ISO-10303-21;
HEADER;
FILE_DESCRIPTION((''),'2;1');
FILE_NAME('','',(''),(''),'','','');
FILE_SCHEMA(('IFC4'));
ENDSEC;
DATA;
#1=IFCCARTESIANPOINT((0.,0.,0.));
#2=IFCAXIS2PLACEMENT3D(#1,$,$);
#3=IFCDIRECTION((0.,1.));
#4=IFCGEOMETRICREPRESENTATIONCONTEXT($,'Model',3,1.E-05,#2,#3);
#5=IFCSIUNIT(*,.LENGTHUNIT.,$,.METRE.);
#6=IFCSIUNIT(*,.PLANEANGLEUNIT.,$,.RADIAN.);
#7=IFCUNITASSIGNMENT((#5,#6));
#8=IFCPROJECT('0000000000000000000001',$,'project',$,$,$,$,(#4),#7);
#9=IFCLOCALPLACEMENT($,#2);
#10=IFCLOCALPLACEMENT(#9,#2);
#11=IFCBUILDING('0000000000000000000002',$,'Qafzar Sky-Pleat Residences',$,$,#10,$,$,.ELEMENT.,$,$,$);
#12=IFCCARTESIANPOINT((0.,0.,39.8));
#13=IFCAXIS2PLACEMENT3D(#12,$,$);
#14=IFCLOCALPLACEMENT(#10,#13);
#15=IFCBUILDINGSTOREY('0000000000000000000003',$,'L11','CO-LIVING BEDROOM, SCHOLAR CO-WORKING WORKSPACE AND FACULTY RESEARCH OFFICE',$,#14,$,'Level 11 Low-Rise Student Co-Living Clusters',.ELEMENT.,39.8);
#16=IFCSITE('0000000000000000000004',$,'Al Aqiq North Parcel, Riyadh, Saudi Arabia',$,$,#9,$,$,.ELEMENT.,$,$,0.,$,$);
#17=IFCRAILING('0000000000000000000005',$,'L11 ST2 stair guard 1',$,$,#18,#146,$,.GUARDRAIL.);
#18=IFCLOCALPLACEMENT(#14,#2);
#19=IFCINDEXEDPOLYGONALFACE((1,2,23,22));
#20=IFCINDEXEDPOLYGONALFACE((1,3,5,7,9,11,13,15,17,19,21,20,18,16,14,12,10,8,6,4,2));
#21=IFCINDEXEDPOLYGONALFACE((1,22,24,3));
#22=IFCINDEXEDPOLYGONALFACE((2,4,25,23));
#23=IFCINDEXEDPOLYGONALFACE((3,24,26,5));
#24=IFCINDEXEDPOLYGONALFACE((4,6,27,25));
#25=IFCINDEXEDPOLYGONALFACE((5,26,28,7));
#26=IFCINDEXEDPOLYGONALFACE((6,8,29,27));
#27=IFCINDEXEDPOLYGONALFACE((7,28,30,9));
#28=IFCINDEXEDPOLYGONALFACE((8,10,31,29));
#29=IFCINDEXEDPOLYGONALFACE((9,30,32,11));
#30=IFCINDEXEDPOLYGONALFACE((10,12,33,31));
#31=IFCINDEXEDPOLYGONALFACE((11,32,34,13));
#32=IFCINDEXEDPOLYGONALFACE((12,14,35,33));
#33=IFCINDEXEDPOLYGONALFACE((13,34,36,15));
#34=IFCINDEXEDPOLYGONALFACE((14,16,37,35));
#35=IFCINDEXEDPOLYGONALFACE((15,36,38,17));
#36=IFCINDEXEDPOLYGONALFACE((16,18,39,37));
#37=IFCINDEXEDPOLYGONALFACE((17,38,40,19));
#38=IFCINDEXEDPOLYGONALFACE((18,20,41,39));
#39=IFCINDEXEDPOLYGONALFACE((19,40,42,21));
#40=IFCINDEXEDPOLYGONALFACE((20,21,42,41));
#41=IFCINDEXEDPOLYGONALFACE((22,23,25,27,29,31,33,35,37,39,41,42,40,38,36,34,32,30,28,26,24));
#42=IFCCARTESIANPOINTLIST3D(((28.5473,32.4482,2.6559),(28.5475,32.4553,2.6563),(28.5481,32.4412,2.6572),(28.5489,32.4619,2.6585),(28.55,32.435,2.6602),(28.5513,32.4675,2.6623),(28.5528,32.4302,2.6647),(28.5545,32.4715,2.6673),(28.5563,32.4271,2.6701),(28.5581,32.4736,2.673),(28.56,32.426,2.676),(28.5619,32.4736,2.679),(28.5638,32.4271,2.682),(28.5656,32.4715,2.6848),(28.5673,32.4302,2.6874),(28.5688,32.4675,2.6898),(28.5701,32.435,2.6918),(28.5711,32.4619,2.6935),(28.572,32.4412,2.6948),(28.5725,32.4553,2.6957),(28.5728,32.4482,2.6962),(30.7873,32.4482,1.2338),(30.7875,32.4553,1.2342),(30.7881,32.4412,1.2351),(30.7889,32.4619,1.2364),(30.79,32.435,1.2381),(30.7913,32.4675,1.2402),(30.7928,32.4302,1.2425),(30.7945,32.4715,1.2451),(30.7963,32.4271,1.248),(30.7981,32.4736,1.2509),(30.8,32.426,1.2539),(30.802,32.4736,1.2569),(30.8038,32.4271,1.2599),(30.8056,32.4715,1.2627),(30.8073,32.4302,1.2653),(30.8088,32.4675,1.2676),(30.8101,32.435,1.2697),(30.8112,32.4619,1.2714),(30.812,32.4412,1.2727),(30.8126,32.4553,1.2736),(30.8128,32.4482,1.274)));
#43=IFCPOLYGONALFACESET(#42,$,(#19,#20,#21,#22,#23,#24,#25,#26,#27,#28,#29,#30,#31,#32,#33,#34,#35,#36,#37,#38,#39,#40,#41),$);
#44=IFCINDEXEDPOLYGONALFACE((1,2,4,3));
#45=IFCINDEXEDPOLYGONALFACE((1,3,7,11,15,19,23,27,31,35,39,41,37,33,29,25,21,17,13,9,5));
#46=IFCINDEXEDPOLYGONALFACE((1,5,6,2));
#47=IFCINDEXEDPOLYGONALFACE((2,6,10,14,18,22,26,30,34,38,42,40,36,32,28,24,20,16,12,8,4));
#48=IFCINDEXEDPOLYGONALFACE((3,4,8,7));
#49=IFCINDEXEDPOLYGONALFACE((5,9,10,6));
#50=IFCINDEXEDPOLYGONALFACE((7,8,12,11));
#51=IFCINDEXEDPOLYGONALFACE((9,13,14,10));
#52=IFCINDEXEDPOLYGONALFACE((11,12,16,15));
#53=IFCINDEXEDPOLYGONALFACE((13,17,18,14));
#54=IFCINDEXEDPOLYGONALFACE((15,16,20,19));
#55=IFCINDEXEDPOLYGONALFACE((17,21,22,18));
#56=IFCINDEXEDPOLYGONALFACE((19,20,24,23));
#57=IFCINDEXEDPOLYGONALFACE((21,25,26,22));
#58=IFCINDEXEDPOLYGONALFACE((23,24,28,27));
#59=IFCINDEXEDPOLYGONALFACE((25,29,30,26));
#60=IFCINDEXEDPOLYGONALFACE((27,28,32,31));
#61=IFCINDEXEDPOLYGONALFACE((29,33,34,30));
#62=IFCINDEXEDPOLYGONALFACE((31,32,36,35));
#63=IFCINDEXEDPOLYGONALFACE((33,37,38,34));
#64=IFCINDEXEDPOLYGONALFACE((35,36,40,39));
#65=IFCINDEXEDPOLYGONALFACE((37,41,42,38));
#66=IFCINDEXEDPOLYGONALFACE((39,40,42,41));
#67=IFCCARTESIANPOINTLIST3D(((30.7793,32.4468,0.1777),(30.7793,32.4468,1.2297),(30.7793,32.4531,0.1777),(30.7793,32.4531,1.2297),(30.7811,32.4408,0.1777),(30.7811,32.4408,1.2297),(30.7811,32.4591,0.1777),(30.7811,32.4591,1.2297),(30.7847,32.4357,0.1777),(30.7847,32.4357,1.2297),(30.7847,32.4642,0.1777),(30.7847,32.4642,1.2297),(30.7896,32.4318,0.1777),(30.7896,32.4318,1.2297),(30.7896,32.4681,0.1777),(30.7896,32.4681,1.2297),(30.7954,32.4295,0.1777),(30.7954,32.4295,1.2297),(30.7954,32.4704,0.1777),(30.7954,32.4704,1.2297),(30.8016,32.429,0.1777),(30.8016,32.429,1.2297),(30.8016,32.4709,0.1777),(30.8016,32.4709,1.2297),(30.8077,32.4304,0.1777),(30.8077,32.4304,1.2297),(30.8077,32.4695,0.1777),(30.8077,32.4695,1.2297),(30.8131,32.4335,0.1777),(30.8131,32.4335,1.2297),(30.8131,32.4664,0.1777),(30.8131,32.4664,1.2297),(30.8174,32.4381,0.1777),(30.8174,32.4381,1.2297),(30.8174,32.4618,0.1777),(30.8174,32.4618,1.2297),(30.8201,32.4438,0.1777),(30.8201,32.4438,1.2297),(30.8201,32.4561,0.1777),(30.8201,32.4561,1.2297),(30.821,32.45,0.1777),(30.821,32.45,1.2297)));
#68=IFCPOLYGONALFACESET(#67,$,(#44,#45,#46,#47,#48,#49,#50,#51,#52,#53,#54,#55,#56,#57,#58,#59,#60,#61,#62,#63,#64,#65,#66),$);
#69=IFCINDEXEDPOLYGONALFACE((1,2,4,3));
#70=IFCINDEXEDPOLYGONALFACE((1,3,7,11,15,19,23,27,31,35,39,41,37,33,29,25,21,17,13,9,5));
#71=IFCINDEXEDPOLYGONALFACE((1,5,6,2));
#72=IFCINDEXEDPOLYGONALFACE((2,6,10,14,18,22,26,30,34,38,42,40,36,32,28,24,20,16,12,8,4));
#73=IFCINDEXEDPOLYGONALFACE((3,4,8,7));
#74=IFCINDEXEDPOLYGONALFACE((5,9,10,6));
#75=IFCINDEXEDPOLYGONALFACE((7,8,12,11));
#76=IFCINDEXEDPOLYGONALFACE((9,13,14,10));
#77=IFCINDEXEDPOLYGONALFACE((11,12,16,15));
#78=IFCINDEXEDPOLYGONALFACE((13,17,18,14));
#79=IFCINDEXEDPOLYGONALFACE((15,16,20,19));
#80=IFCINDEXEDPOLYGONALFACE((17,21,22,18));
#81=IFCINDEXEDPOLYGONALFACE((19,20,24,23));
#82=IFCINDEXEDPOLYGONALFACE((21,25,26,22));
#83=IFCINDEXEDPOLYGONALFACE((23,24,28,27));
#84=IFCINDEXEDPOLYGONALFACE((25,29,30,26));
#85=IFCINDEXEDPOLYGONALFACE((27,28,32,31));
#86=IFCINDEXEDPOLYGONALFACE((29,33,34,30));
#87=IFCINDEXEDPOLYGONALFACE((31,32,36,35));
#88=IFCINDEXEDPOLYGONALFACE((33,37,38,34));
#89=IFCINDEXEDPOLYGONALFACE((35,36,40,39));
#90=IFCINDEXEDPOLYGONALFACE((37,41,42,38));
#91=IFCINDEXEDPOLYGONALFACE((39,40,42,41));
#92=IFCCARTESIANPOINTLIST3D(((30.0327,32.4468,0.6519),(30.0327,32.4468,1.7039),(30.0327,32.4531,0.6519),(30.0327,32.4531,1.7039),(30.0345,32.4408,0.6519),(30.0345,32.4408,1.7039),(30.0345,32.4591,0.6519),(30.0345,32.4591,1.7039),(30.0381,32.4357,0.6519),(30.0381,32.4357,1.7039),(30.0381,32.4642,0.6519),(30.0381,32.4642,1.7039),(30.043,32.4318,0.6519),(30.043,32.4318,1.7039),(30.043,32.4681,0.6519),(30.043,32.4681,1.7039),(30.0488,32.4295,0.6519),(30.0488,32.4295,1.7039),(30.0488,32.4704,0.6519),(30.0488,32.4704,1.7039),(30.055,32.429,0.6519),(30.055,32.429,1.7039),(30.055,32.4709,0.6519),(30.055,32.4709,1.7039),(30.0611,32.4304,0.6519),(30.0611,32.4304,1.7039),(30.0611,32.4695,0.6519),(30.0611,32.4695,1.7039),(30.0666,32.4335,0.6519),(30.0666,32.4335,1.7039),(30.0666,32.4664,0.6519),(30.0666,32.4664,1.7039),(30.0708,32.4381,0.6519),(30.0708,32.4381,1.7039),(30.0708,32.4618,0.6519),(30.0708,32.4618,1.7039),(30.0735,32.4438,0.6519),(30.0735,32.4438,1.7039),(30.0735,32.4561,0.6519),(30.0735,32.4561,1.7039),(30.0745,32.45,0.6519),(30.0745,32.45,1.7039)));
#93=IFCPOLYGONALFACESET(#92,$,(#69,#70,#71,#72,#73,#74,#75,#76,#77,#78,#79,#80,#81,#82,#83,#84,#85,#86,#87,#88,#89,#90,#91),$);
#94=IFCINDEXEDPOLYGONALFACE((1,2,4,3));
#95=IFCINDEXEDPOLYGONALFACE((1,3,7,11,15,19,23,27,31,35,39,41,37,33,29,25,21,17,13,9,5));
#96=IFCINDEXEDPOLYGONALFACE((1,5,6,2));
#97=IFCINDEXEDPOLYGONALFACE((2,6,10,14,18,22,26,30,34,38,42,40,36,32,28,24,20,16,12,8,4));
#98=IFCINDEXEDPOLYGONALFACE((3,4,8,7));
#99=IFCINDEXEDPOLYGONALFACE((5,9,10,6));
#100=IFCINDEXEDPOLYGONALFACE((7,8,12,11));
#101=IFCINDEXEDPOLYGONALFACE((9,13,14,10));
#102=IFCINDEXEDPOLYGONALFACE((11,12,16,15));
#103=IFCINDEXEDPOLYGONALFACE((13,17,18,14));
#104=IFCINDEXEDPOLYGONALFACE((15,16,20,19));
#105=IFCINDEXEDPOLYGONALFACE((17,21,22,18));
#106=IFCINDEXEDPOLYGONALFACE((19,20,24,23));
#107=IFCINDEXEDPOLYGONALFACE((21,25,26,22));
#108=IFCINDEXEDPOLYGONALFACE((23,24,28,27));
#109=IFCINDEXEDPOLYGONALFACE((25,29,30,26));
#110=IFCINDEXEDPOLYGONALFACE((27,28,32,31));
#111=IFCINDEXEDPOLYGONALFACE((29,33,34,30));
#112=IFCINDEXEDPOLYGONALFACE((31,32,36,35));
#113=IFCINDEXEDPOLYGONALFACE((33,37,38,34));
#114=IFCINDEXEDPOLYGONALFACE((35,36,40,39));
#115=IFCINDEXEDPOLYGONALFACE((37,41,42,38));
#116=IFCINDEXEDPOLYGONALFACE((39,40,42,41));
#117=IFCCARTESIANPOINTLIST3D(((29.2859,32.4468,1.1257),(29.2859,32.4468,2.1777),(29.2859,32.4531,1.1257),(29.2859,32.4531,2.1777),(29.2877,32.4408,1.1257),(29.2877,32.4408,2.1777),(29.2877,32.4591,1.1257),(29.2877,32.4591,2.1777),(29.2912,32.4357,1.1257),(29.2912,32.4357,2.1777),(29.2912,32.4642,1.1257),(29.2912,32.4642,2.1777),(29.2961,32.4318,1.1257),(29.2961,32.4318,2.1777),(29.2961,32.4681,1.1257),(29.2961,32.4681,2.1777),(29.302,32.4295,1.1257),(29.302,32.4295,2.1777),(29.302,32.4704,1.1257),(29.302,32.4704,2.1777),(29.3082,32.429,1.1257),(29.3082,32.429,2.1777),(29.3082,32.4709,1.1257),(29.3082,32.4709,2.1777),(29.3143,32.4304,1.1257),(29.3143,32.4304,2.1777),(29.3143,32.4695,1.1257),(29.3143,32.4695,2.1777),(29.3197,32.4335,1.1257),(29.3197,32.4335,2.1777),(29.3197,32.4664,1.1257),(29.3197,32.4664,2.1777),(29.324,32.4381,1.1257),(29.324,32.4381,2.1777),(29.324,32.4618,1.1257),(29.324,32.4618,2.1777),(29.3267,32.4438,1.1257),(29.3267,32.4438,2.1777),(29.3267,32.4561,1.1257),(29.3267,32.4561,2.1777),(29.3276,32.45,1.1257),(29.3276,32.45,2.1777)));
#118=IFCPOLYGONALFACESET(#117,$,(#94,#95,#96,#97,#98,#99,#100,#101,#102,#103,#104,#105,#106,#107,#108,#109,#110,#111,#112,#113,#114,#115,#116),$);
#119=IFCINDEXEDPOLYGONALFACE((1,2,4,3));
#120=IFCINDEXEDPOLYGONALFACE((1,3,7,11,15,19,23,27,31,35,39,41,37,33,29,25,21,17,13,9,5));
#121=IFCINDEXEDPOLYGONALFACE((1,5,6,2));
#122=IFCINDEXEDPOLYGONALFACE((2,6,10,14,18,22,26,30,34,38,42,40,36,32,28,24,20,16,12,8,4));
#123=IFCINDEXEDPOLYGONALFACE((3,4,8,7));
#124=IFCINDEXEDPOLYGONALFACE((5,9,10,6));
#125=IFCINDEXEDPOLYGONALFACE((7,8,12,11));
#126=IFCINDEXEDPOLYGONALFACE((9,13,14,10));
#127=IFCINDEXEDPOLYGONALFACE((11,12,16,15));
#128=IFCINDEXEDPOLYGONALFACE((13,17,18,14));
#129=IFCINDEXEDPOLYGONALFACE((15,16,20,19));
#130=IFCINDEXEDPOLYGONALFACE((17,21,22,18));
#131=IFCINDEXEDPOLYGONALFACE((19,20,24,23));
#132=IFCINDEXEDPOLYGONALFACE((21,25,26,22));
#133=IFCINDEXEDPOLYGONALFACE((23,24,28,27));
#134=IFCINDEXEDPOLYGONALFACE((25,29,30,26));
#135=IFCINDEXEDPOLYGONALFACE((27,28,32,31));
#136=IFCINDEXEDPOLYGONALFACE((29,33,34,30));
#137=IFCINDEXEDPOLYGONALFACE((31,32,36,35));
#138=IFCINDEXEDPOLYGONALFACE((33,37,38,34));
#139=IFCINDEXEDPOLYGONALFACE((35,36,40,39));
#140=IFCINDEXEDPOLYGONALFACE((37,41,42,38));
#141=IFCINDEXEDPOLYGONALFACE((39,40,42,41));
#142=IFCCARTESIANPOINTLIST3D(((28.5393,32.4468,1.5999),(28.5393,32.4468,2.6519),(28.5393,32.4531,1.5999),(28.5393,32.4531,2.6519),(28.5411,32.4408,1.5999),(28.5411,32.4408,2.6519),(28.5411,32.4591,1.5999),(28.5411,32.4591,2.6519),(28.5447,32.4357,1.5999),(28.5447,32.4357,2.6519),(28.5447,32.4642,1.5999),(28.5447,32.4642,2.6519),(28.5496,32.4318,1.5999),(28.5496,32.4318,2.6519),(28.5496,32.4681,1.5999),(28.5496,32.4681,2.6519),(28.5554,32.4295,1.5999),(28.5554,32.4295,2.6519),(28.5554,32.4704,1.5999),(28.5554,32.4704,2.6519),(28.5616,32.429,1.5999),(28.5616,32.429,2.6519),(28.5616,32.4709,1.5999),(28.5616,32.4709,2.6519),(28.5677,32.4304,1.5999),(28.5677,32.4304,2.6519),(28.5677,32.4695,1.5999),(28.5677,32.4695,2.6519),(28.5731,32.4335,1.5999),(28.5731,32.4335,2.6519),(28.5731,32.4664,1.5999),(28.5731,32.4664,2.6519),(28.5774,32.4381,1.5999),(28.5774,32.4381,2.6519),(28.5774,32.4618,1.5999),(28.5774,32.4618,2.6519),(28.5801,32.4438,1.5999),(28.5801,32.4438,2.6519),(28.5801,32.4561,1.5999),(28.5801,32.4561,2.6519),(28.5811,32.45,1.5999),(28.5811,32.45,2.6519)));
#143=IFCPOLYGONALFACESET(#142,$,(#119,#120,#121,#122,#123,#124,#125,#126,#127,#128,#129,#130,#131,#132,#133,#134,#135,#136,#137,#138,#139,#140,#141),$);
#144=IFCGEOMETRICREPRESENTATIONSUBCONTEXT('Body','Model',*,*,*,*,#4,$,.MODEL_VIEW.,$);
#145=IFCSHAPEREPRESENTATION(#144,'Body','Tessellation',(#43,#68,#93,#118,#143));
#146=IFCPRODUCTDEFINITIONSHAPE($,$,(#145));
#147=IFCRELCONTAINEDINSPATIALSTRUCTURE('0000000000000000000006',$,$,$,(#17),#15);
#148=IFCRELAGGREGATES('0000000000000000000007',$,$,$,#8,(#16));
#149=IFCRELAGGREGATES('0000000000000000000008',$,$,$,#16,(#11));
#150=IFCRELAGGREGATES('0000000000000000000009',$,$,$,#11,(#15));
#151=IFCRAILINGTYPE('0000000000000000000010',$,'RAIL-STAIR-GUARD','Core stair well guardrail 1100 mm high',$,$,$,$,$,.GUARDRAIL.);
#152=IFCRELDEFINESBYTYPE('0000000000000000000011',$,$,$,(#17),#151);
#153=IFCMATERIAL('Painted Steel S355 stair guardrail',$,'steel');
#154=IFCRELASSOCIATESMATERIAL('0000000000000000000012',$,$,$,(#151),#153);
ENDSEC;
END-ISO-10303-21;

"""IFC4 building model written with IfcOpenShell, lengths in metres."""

from ifc_helpers import new_model, si_unit, direction, frame, origin, origin_2d, place, context, subcontext, project, spatial, circle, extrude, source, transform, mapped, material, type_object, element, save


model = new_model("IFC4")

# Units and contexts
model_context = context("Model", 3, precision=1e-05, world=origin(), true_north=direction((0.0, 1.0)))
body_context = subcontext(model_context, "Body", "Model", "MODEL_VIEW")
ifc_project = project(units=[si_unit("LENGTHUNIT", "METRE"), si_unit("PLANEANGLEUNIT", "RADIAN")], contexts=[model_context])

# Site, building, storey
site_placement = place(None, origin())
site = spatial("IfcSite", under=ifc_project, at=site_placement, Name="Al Aqiq North Parcel, Riyadh, Saudi Arabia", CompositionType="ELEMENT", RefElevation=0.0)
building_placement = place(site_placement, origin())
building = spatial("IfcBuilding", under=site, at=building_placement, Name="Qafzar Sky-Pleat Residences", CompositionType="ELEMENT")
storey_placement = place(building_placement, frame((0.0, 0.0, 39.8)))
storey = spatial("IfcBuildingStorey", under=building, at=storey_placement, Name="L11", Description="CO-LIVING BEDROOM, SCHOLAR CO-WORKING WORKSPACE AND FACULTY RESEARCH OFFICE", LongName="Level 11 Low-Rise Student Co-Living Clusters", CompositionType="ELEMENT", Elevation=39.8)

# Railing
ifc_material_1 = material(Name="Painted Steel S355 stair guardrail", Category="steel")
railing_type_1 = type_object("IfcRailingType", Name="RAIL-STAIR-GUARD", Description="Core stair well guardrail 1100 mm high", PredefinedType="GUARDRAIL", material=ifc_material_1)
shared_shape_1 = source(origin(), body_context, "Body", "SweptSolid", [
    extrude(circle(Radius=0.0239, at=origin_2d()), frame((0.0, 0.0, 1.0762), z_axis=(-0.844229, 0.0, 0.535982), x_axis=(0.0, -1.0, 0.0)), (0.0, 0.0, 1.0), 2.6533),
    extrude(circle(Radius=0.021, at=origin_2d()), origin(), (0.0, 0.0, 1.0), 1.052),
    extrude(circle(Radius=0.021, at=origin_2d()), frame((-0.7466, 0.0, 0.4741)), (0.0, 0.0, 1.0), 1.052),
    extrude(circle(Radius=0.021, at=origin_2d()), frame((-1.4934, 0.0, 0.948)), (0.0, 0.0, 1.0), 1.052),
    extrude(circle(Radius=0.021, at=origin_2d()), frame((-2.24, 0.0, 1.4221)), (0.0, 0.0, 1.0), 1.052),
])
railing_1_placement = place(storey_placement, frame((30.8, 32.45, 0.1777)))
element("IfcRailing", 1, at=railing_1_placement, inside=storey, type_object=railing_type_1, Name="L11 ST2 stair guard 1", PredefinedType="GUARDRAIL", context=body_context, shape_type="MappedRepresentation", body=[
    mapped(shared_shape_1, transform((0.0, 0.0, 0.0), x_axis=(1.0, 0.0, 0.0), y_axis=(0.0, 1.0, 0.0), z_axis=(0.0, 0.0, 1.0), scale=1.0)),
])

save(model, "model.ifc")
